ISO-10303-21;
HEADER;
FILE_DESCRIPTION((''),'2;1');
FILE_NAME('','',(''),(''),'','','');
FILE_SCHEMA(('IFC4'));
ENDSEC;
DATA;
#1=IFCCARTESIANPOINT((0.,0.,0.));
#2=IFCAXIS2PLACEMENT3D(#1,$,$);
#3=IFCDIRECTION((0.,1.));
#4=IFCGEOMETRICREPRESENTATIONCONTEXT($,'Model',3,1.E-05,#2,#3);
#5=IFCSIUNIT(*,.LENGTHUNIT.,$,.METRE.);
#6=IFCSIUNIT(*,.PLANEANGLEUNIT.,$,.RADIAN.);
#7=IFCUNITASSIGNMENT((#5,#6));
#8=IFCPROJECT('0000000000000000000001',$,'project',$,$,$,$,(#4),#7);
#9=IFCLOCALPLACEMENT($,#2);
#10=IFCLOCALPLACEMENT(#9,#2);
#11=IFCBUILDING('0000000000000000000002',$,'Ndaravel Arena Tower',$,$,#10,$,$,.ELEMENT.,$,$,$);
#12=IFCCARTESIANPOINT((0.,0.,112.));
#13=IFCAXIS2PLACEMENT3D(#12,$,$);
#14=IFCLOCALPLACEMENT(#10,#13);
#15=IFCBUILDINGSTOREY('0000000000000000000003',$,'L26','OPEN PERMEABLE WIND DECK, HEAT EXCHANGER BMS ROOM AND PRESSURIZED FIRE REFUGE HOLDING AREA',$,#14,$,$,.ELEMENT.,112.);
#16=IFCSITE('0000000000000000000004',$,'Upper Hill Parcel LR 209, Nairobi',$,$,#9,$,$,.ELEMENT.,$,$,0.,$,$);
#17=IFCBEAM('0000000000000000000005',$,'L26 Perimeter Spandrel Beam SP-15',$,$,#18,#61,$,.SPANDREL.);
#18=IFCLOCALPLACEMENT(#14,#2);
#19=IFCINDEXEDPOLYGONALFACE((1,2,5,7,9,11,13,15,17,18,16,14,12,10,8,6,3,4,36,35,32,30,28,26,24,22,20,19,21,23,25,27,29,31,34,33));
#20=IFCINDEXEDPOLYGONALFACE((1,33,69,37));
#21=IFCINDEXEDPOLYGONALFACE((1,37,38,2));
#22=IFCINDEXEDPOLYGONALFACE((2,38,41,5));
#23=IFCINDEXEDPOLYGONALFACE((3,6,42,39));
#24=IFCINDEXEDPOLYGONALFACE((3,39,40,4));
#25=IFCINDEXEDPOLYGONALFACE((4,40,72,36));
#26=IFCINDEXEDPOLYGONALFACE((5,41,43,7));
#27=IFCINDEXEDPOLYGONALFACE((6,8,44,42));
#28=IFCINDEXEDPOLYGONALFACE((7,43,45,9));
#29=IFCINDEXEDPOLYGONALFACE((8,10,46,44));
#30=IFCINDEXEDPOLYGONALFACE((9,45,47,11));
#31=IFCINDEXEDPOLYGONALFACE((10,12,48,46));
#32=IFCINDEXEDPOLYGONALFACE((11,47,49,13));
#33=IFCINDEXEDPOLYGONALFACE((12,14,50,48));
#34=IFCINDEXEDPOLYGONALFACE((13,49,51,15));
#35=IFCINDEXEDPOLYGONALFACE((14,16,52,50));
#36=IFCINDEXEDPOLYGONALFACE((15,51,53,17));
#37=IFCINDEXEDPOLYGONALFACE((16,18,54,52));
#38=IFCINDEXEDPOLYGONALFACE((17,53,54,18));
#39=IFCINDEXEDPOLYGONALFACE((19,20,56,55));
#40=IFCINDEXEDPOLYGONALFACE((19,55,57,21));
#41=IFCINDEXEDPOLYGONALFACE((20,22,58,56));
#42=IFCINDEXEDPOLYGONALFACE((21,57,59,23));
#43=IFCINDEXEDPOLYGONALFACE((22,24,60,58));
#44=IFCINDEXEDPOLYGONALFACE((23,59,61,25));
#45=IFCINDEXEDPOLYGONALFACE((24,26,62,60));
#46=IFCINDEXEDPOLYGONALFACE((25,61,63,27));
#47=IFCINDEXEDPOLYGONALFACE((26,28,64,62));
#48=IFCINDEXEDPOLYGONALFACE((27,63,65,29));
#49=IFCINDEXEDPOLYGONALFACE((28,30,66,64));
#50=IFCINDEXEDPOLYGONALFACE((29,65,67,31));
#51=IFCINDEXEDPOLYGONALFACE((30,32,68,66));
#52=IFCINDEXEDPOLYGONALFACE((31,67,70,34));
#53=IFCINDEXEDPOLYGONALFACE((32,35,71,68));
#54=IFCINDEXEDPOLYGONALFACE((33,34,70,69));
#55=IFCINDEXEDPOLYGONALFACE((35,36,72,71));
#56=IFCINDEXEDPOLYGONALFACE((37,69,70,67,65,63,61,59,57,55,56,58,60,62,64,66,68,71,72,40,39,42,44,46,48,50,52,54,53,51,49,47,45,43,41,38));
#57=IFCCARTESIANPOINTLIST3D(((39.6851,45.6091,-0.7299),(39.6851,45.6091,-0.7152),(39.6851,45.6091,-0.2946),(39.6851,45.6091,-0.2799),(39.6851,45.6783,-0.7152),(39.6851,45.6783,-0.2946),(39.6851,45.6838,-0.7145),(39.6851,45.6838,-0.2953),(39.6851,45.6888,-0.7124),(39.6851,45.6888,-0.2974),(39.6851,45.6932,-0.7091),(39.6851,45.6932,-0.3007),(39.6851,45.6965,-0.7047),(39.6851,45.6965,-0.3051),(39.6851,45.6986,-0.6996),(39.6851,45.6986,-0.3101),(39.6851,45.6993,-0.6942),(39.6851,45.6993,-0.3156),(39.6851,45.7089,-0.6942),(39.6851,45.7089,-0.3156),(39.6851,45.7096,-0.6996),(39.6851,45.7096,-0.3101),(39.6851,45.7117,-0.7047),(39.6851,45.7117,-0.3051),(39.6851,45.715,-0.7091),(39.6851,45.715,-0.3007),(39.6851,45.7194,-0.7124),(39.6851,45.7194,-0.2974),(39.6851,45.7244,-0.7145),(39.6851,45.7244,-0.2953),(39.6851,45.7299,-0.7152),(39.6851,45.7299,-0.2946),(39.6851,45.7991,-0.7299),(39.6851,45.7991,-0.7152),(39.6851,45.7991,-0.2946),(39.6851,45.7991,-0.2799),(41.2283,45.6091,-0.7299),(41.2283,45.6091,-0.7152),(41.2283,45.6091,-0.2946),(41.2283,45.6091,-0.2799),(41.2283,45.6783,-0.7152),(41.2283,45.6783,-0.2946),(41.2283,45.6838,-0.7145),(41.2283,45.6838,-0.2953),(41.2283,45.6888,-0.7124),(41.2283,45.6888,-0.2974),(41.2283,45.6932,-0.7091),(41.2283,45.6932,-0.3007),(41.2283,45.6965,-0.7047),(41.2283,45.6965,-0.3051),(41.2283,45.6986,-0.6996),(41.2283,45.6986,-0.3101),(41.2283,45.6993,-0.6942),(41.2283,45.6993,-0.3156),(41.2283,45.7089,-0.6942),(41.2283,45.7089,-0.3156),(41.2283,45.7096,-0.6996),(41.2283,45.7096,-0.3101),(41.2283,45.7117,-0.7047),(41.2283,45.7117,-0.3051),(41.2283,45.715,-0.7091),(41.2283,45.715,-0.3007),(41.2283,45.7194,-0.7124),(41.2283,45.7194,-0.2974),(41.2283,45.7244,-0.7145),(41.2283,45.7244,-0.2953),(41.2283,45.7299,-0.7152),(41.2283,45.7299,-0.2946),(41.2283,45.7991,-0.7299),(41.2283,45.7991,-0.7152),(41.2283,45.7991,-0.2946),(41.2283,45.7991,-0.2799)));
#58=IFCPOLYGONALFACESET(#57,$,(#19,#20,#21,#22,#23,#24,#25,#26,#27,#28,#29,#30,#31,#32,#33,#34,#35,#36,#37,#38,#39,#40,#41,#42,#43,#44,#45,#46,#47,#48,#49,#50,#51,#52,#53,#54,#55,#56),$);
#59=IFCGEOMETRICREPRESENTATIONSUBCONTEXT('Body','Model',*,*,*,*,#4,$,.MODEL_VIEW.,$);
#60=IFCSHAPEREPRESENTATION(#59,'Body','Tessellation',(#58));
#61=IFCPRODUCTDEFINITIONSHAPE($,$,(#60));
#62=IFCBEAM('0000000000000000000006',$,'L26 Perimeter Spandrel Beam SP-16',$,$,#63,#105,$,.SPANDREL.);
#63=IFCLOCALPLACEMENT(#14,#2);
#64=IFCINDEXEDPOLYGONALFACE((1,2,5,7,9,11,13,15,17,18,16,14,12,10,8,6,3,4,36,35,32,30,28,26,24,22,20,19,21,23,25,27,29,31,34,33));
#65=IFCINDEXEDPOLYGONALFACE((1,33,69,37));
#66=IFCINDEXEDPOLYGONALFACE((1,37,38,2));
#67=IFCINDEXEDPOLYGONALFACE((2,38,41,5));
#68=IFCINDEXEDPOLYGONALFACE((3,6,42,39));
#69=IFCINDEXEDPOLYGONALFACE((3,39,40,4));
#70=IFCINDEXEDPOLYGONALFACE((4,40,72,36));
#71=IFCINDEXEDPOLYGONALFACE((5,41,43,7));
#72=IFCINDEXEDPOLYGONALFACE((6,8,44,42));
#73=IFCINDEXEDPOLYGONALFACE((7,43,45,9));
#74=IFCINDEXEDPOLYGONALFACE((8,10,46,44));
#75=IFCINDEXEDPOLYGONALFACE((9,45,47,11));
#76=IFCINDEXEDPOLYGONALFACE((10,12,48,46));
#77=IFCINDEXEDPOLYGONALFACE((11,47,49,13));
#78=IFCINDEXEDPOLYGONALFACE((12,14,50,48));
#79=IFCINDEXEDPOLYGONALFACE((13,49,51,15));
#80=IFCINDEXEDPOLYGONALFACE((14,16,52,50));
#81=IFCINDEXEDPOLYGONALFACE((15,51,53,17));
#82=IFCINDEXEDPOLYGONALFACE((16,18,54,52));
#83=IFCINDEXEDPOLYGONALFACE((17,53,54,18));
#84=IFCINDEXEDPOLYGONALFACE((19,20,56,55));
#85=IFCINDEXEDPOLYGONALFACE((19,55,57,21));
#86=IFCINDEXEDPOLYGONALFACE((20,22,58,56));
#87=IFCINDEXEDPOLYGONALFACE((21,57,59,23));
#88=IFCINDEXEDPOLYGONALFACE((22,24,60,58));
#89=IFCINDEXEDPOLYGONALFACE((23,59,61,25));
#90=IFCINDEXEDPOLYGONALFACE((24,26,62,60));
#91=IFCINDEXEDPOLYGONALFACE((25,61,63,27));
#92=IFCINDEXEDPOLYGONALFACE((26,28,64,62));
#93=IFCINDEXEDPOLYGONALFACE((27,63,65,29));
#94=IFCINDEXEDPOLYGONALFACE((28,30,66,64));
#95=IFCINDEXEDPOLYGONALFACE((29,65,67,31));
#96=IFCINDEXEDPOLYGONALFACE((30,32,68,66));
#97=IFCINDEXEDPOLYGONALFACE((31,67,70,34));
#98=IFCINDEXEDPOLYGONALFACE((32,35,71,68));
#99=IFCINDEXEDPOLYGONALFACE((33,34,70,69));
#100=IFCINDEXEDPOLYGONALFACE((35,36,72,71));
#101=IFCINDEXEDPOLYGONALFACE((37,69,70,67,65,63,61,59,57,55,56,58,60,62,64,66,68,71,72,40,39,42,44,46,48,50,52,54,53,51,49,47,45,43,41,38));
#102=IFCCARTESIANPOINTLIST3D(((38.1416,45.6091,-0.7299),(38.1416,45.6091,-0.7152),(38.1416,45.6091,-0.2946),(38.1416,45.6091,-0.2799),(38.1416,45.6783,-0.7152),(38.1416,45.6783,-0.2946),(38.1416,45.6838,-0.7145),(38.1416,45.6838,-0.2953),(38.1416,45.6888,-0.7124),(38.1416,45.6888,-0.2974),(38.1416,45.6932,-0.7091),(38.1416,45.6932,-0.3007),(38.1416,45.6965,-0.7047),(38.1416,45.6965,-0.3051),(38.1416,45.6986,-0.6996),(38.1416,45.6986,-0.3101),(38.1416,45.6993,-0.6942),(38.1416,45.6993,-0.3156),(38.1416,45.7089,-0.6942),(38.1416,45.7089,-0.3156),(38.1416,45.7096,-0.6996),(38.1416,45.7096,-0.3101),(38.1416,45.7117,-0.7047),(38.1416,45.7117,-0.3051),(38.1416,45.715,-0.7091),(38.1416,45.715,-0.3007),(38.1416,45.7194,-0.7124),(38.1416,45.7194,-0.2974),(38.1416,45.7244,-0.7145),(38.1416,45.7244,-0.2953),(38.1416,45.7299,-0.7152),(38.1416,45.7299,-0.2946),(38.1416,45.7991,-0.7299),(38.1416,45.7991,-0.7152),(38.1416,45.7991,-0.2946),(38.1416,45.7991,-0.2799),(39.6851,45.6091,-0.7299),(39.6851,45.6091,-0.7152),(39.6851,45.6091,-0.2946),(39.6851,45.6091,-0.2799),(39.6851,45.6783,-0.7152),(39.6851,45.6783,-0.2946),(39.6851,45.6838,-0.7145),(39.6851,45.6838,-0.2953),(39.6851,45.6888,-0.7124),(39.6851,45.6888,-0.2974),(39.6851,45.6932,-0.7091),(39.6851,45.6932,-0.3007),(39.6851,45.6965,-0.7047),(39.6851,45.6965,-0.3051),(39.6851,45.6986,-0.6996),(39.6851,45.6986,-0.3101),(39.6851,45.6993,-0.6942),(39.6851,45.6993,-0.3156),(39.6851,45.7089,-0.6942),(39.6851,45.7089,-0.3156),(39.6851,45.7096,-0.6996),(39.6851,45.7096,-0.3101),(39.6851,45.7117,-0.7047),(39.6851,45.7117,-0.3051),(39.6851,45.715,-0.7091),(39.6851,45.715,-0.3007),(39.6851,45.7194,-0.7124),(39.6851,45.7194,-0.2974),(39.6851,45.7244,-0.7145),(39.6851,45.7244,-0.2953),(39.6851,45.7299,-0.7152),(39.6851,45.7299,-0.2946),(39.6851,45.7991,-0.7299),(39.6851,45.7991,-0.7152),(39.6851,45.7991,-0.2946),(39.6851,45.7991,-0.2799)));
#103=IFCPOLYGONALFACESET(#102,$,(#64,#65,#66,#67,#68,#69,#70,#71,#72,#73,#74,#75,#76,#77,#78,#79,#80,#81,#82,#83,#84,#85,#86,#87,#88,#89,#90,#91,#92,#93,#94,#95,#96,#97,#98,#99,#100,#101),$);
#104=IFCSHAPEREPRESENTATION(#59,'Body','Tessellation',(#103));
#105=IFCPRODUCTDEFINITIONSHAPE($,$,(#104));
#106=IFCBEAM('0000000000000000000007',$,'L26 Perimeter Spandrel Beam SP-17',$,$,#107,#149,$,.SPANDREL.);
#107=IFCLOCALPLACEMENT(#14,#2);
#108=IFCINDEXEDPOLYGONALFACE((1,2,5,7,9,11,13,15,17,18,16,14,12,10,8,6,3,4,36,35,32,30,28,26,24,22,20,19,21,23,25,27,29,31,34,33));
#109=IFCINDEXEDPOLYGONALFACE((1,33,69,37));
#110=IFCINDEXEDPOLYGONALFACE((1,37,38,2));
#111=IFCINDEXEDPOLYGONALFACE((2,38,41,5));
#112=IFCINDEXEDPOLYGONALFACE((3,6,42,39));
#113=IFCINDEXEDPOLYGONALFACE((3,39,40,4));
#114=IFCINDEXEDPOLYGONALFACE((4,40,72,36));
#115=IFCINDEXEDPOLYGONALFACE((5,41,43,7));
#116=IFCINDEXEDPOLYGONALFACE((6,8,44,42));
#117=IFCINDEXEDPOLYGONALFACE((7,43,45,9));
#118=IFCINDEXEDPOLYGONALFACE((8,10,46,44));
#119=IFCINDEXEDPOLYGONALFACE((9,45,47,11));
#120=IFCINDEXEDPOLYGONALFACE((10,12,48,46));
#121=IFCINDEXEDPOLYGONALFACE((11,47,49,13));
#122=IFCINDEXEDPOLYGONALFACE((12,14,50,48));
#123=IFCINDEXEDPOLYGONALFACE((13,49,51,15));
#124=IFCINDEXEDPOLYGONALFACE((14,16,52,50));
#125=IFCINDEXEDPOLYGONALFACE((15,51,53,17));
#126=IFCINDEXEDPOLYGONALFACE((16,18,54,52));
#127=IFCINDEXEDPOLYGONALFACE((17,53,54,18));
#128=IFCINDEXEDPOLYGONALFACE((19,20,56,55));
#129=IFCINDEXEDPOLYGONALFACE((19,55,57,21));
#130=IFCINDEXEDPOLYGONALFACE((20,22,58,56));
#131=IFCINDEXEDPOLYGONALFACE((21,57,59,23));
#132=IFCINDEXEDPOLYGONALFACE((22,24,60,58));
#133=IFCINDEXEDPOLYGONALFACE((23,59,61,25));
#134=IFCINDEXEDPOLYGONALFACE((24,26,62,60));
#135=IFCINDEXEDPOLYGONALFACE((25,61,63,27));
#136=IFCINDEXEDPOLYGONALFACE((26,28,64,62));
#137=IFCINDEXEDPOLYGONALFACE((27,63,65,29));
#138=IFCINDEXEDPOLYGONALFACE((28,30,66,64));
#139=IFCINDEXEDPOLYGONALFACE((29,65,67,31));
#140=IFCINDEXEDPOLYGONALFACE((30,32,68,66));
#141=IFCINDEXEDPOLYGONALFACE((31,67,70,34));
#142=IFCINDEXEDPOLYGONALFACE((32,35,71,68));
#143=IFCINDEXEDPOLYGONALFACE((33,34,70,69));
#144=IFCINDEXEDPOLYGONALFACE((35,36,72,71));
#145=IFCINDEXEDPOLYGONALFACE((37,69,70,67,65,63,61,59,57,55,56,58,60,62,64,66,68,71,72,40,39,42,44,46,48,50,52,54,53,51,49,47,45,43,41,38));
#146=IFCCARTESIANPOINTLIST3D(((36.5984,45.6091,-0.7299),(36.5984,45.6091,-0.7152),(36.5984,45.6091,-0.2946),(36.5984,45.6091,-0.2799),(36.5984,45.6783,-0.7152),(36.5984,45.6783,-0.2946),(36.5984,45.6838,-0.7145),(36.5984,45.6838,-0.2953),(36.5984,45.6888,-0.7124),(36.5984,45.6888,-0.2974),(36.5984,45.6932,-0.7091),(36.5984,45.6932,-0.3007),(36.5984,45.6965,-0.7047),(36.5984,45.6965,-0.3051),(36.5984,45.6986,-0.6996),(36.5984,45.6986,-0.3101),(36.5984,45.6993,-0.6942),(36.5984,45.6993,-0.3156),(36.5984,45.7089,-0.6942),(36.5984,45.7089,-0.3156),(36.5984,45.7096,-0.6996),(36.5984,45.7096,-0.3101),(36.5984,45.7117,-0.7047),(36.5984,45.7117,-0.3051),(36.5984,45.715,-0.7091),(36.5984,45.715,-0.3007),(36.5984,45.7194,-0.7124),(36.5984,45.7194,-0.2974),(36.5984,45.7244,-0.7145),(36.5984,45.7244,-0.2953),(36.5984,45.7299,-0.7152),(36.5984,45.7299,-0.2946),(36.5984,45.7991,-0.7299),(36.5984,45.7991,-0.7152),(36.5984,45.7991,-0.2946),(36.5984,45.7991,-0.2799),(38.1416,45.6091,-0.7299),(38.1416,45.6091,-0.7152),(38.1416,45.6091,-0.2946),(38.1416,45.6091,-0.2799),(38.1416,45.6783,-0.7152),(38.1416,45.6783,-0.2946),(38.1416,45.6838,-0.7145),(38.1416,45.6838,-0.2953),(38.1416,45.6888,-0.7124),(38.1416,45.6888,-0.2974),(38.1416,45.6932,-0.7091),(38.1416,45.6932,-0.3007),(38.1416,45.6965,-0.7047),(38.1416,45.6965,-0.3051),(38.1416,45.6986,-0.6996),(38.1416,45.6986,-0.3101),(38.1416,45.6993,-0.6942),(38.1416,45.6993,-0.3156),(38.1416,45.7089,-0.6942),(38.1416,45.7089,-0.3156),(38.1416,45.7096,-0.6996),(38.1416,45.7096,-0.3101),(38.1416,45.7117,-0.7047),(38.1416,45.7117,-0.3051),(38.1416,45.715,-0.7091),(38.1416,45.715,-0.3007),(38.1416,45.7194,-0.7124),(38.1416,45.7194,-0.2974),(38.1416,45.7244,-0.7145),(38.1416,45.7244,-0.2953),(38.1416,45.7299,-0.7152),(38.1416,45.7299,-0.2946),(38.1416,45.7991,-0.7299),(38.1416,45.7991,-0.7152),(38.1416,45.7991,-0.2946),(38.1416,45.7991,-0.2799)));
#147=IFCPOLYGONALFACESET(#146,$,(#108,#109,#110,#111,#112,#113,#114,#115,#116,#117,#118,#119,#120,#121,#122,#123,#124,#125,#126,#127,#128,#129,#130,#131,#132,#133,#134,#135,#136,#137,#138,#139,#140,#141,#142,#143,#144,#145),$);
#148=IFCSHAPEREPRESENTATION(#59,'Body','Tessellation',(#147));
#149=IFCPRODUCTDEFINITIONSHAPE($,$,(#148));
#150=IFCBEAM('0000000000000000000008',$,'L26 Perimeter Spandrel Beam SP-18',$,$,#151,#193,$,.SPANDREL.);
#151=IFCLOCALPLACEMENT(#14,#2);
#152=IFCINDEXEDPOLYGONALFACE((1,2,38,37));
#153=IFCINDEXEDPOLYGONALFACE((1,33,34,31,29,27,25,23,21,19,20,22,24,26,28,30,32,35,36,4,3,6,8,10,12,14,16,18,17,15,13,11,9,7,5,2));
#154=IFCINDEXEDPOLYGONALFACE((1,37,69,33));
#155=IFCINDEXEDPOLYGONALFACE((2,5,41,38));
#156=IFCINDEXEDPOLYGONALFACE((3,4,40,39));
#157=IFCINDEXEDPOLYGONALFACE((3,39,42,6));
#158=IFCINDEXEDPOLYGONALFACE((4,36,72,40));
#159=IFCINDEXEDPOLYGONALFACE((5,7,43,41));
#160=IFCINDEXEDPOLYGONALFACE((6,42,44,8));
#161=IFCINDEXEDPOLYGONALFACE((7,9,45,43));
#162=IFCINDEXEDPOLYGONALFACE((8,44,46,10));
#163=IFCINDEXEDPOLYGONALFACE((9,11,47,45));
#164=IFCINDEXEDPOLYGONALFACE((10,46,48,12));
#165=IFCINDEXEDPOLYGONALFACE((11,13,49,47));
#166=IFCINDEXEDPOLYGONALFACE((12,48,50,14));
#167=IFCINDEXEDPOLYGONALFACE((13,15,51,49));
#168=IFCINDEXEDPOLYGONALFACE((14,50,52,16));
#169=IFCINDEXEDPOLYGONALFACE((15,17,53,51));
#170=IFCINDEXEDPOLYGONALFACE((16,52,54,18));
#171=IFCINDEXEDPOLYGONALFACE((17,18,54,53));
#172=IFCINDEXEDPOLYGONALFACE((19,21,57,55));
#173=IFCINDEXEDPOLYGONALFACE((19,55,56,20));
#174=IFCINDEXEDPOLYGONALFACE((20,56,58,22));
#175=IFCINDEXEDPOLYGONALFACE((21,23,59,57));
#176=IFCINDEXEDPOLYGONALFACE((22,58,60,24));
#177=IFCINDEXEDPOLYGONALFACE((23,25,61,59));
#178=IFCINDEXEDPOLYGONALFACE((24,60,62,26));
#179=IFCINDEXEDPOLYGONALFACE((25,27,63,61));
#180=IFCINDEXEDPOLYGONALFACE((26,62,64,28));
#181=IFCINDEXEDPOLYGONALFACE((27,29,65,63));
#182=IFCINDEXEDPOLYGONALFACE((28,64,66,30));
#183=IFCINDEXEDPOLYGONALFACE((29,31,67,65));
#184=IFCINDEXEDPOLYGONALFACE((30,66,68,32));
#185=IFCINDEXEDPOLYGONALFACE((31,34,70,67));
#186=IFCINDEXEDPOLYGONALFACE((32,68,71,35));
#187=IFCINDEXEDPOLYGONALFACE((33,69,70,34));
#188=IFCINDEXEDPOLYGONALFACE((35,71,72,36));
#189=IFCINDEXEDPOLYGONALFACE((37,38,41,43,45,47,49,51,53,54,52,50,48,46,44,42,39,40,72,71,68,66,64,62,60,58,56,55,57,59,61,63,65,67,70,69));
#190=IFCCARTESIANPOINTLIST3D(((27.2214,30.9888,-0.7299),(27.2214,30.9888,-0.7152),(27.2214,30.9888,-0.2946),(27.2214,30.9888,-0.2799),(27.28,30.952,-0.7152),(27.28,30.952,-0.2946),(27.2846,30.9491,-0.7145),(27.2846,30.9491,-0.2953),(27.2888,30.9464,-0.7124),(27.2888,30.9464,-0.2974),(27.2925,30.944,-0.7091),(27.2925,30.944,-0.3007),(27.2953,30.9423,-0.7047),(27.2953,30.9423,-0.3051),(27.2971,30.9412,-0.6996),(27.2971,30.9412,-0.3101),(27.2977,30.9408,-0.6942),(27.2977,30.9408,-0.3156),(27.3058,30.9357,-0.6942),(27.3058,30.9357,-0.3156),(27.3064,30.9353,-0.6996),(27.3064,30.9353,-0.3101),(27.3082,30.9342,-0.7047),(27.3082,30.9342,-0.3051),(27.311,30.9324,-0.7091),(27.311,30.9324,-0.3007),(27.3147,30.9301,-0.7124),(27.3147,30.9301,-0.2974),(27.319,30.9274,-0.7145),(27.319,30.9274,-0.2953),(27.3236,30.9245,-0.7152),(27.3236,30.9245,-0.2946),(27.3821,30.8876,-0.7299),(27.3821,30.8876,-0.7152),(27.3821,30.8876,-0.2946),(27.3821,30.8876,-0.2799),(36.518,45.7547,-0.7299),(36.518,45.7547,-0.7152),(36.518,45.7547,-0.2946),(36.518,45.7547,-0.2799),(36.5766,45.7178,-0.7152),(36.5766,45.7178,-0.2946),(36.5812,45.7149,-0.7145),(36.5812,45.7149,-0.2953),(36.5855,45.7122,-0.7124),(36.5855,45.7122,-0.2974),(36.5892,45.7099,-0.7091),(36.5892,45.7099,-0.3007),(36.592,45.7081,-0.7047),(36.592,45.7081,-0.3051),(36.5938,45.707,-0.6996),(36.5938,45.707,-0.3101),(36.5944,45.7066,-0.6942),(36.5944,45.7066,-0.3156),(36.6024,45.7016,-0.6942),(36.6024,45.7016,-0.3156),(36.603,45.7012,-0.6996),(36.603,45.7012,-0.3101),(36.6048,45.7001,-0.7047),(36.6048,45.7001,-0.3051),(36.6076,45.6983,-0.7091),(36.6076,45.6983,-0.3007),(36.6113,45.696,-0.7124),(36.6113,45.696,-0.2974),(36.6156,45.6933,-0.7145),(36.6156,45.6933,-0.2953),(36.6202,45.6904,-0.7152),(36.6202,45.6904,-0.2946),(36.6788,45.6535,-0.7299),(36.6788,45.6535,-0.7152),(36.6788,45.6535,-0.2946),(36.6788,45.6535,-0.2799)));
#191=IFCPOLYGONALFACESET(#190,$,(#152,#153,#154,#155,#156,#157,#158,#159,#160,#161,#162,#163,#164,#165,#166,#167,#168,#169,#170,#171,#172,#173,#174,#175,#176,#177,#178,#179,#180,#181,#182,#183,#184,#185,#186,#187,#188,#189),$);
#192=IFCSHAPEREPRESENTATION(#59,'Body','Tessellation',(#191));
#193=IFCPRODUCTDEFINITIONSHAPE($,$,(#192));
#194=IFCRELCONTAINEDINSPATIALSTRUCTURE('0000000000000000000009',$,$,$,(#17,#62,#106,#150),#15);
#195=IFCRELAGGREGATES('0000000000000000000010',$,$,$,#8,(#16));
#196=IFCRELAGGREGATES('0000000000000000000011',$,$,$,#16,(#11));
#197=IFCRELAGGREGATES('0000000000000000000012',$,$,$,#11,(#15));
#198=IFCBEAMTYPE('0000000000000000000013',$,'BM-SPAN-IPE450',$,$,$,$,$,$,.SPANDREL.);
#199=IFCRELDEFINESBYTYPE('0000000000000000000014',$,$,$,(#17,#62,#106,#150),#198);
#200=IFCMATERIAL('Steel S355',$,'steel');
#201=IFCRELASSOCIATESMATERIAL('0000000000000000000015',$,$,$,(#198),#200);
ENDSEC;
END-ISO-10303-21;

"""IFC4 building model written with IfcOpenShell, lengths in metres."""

from ifc_helpers import new_model, si_unit, direction, frame, origin, origin_2d, place, context, subcontext, project, spatial, i_section, extrude, material, material_profile, profile_set, type_object, element, save


model = new_model("IFC4")

# Units and contexts
model_context = context("Model", 3, precision=1e-05, world=origin(), true_north=direction((0.0, 1.0)))
body_context = subcontext(model_context, "Body", "Model", "MODEL_VIEW")
ifc_project = project(units=[si_unit("LENGTHUNIT", "METRE"), si_unit("PLANEANGLEUNIT", "RADIAN")], contexts=[model_context])

# Site, building, storey
site_placement = place(None, origin())
site = spatial("IfcSite", under=ifc_project, at=site_placement, Name="Upper Hill Parcel LR 209, Nairobi", CompositionType="ELEMENT", RefElevation=0.0)
building_placement = place(site_placement, origin())
building = spatial("IfcBuilding", under=site, at=building_placement, Name="Ndaravel Arena Tower", CompositionType="ELEMENT")
storey_placement = place(building_placement, frame((0.0, 0.0, 112.0)))
storey = spatial("IfcBuildingStorey", under=building, at=storey_placement, Name="L26", Description="OPEN PERMEABLE WIND DECK, HEAT EXCHANGER BMS ROOM AND PRESSURIZED FIRE REFUGE HOLDING AREA", CompositionType="ELEMENT", Elevation=112.0)

# Beams
ifc_material_1 = material(Name="Steel S355", Category="steel")
ifc_material_profile_1 = material_profile(ifc_material_1, i_section(OverallWidth=0.1899, OverallDepth=0.45, WebThickness=0.0095, FlangeThickness=0.0146, FilletRadius=0.021, at=origin_2d()), Name="IPE 450")
ifc_profile_set_1 = profile_set([ifc_material_profile_1], Name="Steel S355")
beam_type_1 = type_object("IfcBeamType", Name="BM-SPAN-IPE450", PredefinedType="SPANDREL", material=ifc_profile_set_1)
beam_1_placement = place(storey_placement, frame((41.2283, 45.7041, -0.5049), z_axis=(-1.0, 0.0, 0.0), x_axis=(0.0, -1.0, 0.0)))
element("IfcBeam", 1, at=beam_1_placement, inside=storey, type_object=beam_type_1, Name="L26 Perimeter Spandrel Beam SP-15", PredefinedType="SPANDREL", context=body_context, shape_type="SweptSolid", body=[
    extrude(i_section(OverallWidth=0.1899, OverallDepth=0.45, WebThickness=0.0095, FlangeThickness=0.0146, FilletRadius=0.021, at=origin_2d()), origin(), (0.0, 0.0, 1.0), 1.5432),
])
beam_2_placement = place(storey_placement, frame((39.6851, 45.7041, -0.5049), z_axis=(-1.0, 0.0, 0.0), x_axis=(0.0, -1.0, 0.0)))
element("IfcBeam", 2, at=beam_2_placement, inside=storey, type_object=beam_type_1, Name="L26 Perimeter Spandrel Beam SP-16", PredefinedType="SPANDREL", context=body_context, shape_type="SweptSolid", body=[
    extrude(i_section(OverallWidth=0.1899, OverallDepth=0.45, WebThickness=0.0095, FlangeThickness=0.0146, FilletRadius=0.021, at=origin_2d()), origin(), (0.0, 0.0, 1.0), 1.5435),
])
beam_3_placement = place(storey_placement, frame((38.1416, 45.7041, -0.5049), z_axis=(-1.0, 0.0, 0.0), x_axis=(0.0, -1.0, 0.0)))
element("IfcBeam", 3, at=beam_3_placement, inside=storey, type_object=beam_type_1, Name="L26 Perimeter Spandrel Beam SP-17", PredefinedType="SPANDREL", context=body_context, shape_type="SweptSolid", body=[
    extrude(i_section(OverallWidth=0.1899, OverallDepth=0.45, WebThickness=0.0095, FlangeThickness=0.0146, FilletRadius=0.021, at=origin_2d()), origin(), (0.0, 0.0, 1.0), 1.5432),
])
beam_4_placement = place(storey_placement, frame((36.5984, 45.7041, -0.5049), z_axis=(-0.532797, -0.846243, 0.0), x_axis=(0.846243, -0.532797, 0.0)))
element("IfcBeam", 4, at=beam_4_placement, inside=storey, type_object=beam_type_1, Name="L26 Perimeter Spandrel Beam SP-18", PredefinedType="SPANDREL", context=body_context, shape_type="SweptSolid", body=[
    extrude(i_section(OverallWidth=0.1899, OverallDepth=0.45, WebThickness=0.0095, FlangeThickness=0.0146, FilletRadius=0.021, at=origin_2d()), origin(), (0.0, 0.0, 1.0), 17.4487),
])

save(model, "model.ifc")
